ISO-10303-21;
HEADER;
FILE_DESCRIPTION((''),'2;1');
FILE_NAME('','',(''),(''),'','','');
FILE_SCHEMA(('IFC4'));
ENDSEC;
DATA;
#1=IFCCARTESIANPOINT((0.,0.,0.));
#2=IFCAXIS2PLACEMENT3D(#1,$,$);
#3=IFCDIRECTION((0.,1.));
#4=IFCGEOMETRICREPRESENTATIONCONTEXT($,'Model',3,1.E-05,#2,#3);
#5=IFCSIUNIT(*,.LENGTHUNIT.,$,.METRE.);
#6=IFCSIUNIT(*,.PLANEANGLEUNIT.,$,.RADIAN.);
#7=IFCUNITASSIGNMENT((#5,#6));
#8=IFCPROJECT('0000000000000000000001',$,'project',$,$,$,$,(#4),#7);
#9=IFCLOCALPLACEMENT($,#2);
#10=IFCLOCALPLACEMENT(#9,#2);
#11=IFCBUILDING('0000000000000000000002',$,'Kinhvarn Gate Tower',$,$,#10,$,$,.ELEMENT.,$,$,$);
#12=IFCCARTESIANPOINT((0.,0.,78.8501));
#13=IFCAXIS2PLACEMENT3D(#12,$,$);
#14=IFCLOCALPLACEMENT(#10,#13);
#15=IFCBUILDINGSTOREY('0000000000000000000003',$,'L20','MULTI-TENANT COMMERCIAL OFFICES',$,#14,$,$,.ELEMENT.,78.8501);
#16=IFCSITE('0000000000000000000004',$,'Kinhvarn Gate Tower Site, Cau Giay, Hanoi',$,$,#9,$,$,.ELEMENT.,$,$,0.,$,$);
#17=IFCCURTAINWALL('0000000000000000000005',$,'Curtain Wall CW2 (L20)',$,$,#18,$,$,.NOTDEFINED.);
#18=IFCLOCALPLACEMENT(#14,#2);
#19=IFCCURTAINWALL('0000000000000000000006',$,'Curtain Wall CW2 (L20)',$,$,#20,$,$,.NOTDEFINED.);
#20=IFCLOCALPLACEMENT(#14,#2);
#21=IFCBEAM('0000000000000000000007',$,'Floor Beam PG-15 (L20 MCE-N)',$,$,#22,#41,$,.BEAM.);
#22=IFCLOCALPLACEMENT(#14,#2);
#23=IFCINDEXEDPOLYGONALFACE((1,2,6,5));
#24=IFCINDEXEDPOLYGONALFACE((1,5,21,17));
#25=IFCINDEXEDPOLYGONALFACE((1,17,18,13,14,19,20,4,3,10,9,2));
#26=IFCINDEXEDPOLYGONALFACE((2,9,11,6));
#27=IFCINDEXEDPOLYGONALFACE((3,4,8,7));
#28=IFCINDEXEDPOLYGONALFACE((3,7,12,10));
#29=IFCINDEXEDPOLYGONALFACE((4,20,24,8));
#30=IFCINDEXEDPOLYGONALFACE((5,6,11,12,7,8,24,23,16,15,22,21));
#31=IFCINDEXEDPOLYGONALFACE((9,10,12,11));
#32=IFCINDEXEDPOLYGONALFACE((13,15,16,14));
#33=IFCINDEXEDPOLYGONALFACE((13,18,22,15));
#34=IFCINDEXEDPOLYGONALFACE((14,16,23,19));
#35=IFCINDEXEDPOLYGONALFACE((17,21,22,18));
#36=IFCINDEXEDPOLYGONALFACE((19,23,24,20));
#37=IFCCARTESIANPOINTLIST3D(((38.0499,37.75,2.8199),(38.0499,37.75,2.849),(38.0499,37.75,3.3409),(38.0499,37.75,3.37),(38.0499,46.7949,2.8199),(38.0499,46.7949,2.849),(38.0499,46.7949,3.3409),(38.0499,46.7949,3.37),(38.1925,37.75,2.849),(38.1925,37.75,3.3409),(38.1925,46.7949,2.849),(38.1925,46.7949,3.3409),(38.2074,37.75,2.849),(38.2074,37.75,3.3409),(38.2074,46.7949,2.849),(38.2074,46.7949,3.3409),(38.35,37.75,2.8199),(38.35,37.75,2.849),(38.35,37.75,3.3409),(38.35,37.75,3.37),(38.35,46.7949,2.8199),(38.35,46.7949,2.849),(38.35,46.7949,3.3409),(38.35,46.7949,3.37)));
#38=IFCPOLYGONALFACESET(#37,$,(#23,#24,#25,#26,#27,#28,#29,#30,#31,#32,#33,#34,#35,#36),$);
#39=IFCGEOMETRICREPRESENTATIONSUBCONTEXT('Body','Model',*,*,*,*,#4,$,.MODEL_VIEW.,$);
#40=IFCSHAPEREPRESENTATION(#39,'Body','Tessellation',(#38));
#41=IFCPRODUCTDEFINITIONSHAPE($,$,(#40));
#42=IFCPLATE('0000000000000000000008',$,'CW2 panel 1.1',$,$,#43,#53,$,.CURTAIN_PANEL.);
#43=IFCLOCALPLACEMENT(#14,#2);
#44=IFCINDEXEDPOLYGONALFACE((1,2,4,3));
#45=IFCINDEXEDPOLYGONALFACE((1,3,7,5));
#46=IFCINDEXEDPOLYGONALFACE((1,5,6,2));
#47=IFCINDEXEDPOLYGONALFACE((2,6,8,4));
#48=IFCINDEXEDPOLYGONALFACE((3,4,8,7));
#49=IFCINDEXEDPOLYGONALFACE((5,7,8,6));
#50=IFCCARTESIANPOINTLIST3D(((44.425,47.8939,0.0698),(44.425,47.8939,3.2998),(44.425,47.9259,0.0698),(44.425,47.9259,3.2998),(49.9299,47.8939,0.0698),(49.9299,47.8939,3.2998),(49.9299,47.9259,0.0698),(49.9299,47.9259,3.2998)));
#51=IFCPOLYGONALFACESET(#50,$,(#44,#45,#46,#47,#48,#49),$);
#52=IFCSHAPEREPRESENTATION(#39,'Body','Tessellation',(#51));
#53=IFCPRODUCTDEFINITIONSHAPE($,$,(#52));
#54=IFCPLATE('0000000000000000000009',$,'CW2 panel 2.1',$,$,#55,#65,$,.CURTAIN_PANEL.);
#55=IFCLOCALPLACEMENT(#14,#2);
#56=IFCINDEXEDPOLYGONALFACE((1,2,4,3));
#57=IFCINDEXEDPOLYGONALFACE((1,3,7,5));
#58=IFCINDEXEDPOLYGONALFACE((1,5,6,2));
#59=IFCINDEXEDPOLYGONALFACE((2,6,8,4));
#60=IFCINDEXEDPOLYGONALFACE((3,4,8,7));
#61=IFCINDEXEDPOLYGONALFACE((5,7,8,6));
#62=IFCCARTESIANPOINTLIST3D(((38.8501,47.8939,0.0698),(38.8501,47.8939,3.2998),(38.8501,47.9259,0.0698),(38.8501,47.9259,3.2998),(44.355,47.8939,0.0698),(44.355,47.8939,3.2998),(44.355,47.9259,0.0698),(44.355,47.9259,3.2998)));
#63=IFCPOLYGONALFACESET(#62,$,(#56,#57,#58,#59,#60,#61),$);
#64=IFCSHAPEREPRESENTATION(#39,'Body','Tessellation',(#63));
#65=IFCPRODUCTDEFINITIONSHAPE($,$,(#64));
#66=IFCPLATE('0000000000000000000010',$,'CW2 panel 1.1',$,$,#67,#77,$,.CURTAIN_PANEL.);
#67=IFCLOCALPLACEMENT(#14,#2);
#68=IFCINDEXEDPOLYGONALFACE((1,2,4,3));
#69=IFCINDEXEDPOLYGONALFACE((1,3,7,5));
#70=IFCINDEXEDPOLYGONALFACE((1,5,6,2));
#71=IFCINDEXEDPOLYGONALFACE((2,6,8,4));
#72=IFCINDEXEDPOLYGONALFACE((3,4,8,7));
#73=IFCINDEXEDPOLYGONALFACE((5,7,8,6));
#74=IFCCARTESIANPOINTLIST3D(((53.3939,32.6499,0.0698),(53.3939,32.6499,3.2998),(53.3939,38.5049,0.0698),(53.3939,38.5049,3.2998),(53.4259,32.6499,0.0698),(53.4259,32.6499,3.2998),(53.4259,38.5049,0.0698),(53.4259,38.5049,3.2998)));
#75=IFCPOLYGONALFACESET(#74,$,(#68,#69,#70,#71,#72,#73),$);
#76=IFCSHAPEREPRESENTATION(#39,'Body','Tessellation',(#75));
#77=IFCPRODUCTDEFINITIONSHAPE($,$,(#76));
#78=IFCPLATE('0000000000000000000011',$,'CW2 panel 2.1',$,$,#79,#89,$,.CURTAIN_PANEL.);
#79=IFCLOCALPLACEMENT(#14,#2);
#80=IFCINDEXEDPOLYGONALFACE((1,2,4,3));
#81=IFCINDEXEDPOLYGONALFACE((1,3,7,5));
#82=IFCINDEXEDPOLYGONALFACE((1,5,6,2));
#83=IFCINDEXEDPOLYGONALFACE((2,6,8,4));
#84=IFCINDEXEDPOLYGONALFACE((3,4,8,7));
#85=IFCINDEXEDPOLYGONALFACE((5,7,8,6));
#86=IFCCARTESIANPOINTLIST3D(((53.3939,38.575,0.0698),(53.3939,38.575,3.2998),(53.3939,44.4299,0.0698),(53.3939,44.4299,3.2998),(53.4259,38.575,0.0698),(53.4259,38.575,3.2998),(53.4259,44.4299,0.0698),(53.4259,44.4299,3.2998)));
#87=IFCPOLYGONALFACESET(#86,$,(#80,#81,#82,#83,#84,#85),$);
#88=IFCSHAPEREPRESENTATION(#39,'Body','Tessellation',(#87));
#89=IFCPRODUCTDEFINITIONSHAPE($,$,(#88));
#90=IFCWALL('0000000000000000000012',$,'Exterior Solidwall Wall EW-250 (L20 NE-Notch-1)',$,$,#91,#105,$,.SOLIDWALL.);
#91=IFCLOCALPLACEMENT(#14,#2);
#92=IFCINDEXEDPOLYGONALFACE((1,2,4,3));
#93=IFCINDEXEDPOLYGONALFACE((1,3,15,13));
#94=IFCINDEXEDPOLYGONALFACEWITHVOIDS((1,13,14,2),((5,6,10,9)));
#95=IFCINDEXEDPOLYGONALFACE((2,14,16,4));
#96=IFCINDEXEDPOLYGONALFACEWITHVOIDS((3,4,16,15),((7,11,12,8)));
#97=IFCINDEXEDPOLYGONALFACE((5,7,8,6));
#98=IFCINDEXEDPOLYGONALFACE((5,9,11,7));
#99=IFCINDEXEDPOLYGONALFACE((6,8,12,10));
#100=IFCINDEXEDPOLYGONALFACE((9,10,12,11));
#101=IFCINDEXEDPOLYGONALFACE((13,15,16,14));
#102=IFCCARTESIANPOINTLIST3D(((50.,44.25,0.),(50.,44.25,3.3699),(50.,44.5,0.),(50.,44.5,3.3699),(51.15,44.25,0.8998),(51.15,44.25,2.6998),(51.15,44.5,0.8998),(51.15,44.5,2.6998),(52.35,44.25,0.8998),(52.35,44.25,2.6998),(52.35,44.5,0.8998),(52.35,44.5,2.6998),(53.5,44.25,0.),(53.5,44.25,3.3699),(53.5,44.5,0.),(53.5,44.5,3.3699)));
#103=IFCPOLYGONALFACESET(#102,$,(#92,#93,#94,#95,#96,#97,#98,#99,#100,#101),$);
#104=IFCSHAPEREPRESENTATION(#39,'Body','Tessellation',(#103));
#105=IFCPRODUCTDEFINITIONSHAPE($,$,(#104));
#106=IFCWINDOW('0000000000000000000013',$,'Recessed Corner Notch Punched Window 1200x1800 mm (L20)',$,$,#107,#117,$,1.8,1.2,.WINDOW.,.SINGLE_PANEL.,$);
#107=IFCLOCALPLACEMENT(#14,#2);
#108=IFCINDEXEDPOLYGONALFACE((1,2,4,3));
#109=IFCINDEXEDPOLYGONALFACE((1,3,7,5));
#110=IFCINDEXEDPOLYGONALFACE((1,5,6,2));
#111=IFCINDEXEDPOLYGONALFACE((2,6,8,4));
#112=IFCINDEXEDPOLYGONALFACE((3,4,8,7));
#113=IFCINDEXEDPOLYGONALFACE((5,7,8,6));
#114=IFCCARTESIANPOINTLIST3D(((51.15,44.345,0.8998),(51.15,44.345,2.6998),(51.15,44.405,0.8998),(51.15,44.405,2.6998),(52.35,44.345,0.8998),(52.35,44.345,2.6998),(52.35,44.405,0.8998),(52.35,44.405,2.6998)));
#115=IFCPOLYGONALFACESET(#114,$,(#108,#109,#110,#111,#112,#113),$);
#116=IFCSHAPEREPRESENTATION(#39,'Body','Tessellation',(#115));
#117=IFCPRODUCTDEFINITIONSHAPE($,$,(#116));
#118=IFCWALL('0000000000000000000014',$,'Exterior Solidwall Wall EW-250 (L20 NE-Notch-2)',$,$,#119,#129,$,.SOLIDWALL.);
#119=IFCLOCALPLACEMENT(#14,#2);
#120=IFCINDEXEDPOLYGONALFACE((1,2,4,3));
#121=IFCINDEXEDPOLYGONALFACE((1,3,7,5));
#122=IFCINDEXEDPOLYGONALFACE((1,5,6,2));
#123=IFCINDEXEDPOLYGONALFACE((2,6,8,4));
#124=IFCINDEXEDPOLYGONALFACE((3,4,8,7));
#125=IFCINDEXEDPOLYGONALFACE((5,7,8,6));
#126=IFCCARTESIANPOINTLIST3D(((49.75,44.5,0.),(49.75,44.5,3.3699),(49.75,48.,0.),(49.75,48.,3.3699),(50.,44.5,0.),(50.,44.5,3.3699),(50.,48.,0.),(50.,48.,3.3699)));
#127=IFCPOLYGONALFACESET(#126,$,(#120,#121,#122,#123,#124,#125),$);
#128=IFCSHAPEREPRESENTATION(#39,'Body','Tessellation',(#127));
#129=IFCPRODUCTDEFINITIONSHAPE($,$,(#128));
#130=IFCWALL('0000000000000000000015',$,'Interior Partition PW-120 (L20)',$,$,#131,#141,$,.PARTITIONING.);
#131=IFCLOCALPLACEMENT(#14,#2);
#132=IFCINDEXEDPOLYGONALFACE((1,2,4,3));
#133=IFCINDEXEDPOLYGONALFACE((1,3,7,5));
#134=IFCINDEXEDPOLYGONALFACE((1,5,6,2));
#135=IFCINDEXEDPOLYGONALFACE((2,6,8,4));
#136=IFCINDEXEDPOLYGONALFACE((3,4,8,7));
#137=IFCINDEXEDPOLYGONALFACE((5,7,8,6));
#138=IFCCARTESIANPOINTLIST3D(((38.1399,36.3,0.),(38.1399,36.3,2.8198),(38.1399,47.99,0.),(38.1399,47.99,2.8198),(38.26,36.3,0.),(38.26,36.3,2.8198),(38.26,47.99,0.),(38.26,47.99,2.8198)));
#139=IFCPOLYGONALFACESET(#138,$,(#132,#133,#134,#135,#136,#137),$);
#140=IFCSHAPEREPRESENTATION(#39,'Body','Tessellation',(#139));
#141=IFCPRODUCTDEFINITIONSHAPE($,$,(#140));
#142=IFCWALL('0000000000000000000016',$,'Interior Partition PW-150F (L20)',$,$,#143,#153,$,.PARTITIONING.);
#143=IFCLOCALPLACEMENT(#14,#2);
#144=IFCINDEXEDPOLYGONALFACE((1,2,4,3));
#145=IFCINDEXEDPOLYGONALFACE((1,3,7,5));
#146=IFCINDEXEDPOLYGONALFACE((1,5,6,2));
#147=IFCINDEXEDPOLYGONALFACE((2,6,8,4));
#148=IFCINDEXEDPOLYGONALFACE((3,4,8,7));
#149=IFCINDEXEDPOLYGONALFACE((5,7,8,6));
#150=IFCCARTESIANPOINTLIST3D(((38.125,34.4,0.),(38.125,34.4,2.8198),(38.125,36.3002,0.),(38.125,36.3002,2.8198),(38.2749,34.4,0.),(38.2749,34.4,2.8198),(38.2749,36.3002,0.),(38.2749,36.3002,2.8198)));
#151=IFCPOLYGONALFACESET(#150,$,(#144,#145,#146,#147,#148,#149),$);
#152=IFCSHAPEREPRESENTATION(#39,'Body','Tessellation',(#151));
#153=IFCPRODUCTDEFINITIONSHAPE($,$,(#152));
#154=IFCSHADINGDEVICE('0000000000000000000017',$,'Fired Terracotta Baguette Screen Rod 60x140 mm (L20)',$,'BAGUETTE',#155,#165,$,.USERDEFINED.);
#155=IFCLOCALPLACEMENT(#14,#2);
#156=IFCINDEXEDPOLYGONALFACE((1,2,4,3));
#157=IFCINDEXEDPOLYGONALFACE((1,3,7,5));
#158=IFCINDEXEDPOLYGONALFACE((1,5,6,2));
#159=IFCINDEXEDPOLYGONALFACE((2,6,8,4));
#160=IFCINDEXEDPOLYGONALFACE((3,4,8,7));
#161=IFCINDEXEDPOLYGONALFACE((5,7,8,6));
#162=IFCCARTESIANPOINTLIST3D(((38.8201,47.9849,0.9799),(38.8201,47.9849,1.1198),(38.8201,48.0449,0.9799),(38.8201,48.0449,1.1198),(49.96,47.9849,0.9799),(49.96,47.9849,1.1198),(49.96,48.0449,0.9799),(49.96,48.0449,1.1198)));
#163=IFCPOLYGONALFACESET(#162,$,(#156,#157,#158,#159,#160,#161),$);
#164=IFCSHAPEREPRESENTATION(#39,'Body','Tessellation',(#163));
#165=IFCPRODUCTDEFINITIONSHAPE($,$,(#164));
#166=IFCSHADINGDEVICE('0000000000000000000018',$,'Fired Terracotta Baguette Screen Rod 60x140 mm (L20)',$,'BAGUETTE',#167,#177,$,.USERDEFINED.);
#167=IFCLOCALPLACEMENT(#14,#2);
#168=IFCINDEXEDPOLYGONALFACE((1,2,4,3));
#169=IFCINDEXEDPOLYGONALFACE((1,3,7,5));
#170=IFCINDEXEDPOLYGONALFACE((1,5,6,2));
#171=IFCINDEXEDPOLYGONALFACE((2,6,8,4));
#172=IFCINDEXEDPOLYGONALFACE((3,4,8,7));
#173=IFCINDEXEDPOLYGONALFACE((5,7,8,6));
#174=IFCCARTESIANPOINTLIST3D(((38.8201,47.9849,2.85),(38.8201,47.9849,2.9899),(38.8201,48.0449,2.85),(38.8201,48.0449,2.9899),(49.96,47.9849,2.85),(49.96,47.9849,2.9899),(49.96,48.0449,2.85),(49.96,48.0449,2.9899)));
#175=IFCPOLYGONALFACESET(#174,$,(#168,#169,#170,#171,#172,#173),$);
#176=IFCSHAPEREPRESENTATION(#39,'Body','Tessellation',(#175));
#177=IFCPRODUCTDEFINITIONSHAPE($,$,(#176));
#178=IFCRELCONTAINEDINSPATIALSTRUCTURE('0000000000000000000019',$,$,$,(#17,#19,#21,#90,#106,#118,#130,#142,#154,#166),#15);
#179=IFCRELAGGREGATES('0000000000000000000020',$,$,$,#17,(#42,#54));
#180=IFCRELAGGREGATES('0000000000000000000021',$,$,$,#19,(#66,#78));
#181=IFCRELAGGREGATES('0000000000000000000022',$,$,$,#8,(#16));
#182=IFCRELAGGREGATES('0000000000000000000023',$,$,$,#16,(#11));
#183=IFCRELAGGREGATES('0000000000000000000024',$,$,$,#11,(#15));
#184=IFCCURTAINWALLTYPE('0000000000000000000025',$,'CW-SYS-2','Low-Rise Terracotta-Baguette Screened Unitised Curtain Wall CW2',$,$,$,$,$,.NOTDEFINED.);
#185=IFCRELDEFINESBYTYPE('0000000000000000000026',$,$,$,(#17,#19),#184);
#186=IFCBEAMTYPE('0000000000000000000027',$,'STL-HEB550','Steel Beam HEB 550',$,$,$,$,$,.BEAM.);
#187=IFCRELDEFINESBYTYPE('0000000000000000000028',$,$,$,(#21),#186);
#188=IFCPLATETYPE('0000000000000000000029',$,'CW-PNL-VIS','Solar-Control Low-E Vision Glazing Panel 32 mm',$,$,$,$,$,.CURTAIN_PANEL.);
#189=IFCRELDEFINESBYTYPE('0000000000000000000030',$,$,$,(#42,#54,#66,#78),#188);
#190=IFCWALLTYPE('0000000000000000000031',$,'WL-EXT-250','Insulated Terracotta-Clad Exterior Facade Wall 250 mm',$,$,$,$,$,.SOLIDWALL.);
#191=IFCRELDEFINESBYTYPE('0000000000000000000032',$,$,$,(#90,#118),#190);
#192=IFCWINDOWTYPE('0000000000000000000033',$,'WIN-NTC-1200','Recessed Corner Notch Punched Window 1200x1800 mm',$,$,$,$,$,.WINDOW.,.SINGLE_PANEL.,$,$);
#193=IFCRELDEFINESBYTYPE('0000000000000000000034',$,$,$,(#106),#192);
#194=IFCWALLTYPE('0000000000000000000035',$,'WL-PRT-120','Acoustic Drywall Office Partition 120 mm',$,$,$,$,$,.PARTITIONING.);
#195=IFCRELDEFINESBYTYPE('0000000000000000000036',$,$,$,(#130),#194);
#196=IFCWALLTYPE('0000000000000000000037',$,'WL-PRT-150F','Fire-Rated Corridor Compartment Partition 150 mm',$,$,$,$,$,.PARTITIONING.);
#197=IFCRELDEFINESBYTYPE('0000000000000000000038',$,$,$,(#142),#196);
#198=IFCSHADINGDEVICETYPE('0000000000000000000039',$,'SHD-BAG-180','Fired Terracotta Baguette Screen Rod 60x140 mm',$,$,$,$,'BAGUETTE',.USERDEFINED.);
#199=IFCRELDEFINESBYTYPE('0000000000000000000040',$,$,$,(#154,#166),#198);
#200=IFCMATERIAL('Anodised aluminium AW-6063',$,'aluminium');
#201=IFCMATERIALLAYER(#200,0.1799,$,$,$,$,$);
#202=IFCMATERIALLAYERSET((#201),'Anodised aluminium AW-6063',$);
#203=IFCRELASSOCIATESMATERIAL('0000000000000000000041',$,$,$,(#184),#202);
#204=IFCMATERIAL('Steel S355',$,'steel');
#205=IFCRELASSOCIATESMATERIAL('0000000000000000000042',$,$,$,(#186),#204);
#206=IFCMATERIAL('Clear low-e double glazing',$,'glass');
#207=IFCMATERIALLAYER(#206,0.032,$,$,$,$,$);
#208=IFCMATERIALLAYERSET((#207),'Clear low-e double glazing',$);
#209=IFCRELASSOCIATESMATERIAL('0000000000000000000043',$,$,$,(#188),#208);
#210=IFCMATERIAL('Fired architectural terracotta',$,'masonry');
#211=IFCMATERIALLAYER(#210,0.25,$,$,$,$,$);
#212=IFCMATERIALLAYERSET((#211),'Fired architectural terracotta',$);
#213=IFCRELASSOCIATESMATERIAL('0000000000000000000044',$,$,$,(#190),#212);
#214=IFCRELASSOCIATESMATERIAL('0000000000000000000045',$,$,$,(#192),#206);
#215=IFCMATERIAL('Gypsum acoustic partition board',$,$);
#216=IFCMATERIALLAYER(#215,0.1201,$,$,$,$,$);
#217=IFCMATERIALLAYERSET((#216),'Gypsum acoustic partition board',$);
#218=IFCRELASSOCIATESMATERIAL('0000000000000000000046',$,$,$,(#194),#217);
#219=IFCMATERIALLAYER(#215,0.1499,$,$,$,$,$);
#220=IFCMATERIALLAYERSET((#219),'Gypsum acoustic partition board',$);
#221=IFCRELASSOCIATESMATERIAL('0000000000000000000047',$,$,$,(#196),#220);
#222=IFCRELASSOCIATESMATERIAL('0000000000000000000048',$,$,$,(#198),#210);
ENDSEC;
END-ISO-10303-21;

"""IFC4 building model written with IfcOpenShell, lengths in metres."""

from ifc_helpers import new_model, si_unit, direction, frame, frame_2d, origin, origin_2d, place, context, subcontext, project, spatial, rectangle, i_section, extrude, material, layer, layer_set, material_profile, profile_set, type_object, element, fill, aggregate, save


model = new_model("IFC4")

# Units and contexts
model_context = context("Model", 3, precision=1e-05, world=origin(), true_north=direction((0.0, 1.0)))
body_context = subcontext(model_context, "Body", "Model", "MODEL_VIEW")
ifc_project = project(units=[si_unit("LENGTHUNIT", "METRE"), si_unit("PLANEANGLEUNIT", "RADIAN")], contexts=[model_context])

# Site, building, storey
site_placement = place(None, origin())
site = spatial("IfcSite", under=ifc_project, at=site_placement, Name="Kinhvarn Gate Tower Site, Cau Giay, Hanoi", CompositionType="ELEMENT", RefElevation=0.0)
building_placement = place(site_placement, origin())
building = spatial("IfcBuilding", under=site, at=building_placement, Name="Kinhvarn Gate Tower", CompositionType="ELEMENT")
storey_placement = place(building_placement, frame((0.0, 0.0, 78.8501)))
storey = spatial("IfcBuildingStorey", under=building, at=storey_placement, Name="L20", Description="MULTI-TENANT COMMERCIAL OFFICES", CompositionType="ELEMENT", Elevation=78.8501)

# Curtain walls
ifc_material_1 = material(Name="Anodised aluminium AW-6063", Category="aluminium")
ifc_layer_1 = layer(ifc_material_1, 0.1799)
ifc_layer_set_1 = layer_set([ifc_layer_1], Name="Anodised aluminium AW-6063")
curtain_wall_type = type_object("IfcCurtainWallType", Name="CW-SYS-2", Description="Low-Rise Terracotta-Baguette Screened Unitised Curtain Wall CW2", PredefinedType="NOTDEFINED", material=ifc_layer_set_1)
curtain_wall_1_placement = place(storey_placement, origin())
curtain_wall_1 = element("IfcCurtainWall", 1, at=curtain_wall_1_placement, inside=storey, type_object=curtain_wall_type, Name="Curtain Wall CW2 (L20)", PredefinedType="NOTDEFINED")
curtain_wall_2_placement = place(storey_placement, origin())
curtain_wall_2 = element("IfcCurtainWall", 2, at=curtain_wall_2_placement, inside=storey, type_object=curtain_wall_type, Name="Curtain Wall CW2 (L20)", PredefinedType="NOTDEFINED")

# Beam
ifc_material_2 = material(Name="Steel S355", Category="steel")
ifc_material_profile_1 = material_profile(ifc_material_2, i_section(OverallWidth=0.3, OverallDepth=0.55, WebThickness=0.0149, FlangeThickness=0.0291, at=origin_2d()), Name="HEB 550")
ifc_profile_set_1 = profile_set([ifc_material_profile_1], Name="Steel S355")
beam_type = type_object("IfcBeamType", Name="STL-HEB550", Description="Steel Beam HEB 550", PredefinedType="BEAM", material=ifc_profile_set_1)
beam_placement = place(storey_placement, frame((38.2, 37.75, 3.095), z_axis=(0.0, 1.0, 0.0), x_axis=(-1.0, 0.0, 0.0)))
element("IfcBeam", 3, at=beam_placement, inside=storey, type_object=beam_type, Name="Floor Beam PG-15 (L20 MCE-N)", PredefinedType="BEAM", context=body_context, shape_type="SweptSolid", body=[
    extrude(i_section(OverallWidth=0.3, OverallDepth=0.55, WebThickness=0.0149, FlangeThickness=0.0291, at=origin_2d()), origin(), (0.0, 0.0, 1.0), 9.0449),
])

# Plates
ifc_material_3 = material(Name="Clear low-e double glazing", Category="glass")
ifc_layer_2 = layer(ifc_material_3, 0.032)
ifc_layer_set_2 = layer_set([ifc_layer_2], Name="Clear low-e double glazing")
plate_type = type_object("IfcPlateType", Name="CW-PNL-VIS", Description="Solar-Control Low-E Vision Glazing Panel 32 mm", PredefinedType="CURTAIN_PANEL", material=ifc_layer_set_2)
plate_1_placement = place(storey_placement, frame((47.1775, 47.9099, 0.0698), z_axis=(0.0, 0.0, 1.0), x_axis=(-1.0, 0.0, 0.0)))
plate_1 = element("IfcPlate", 4, at=plate_1_placement, type_object=plate_type, Name="CW2 panel 1.1", PredefinedType="CURTAIN_PANEL", context=body_context, shape_type="SweptSolid", body=[
    extrude(rectangle(XDim=5.5049, YDim=0.032, at=origin_2d()), origin(), (0.0, 0.0, 1.0), 3.23),
])
plate_2_placement = place(storey_placement, frame((41.6025, 47.9099, 0.0698), z_axis=(0.0, 0.0, 1.0), x_axis=(-1.0, 0.0, 0.0)))
plate_2 = element("IfcPlate", 5, at=plate_2_placement, type_object=plate_type, Name="CW2 panel 2.1", PredefinedType="CURTAIN_PANEL", context=body_context, shape_type="SweptSolid", body=[
    extrude(rectangle(XDim=5.5049, YDim=0.032, at=origin_2d()), origin(), (0.0, 0.0, 1.0), 3.23),
])
aggregate(curtain_wall_1, [plate_1, plate_2])
plate_3_placement = place(storey_placement, frame((53.4099, 35.5774, 0.0698), z_axis=(0.0, 0.0, 1.0), x_axis=(0.0, 1.0, 0.0)))
plate_3 = element("IfcPlate", 6, at=plate_3_placement, type_object=plate_type, Name="CW2 panel 1.1", PredefinedType="CURTAIN_PANEL", context=body_context, shape_type="SweptSolid", body=[
    extrude(rectangle(XDim=5.855, YDim=0.032, at=origin_2d()), origin(), (0.0, 0.0, 1.0), 3.23),
])
plate_4_placement = place(storey_placement, frame((53.4099, 41.5024, 0.0698), z_axis=(0.0, 0.0, 1.0), x_axis=(0.0, 1.0, 0.0)))
plate_4 = element("IfcPlate", 7, at=plate_4_placement, type_object=plate_type, Name="CW2 panel 2.1", PredefinedType="CURTAIN_PANEL", context=body_context, shape_type="SweptSolid", body=[
    extrude(rectangle(XDim=5.855, YDim=0.032, at=origin_2d()), origin(), (0.0, 0.0, 1.0), 3.23),
])
aggregate(curtain_wall_2, [plate_3, plate_4])

# Wall, opening, window
ifc_material_4 = material(Name="Fired architectural terracotta", Category="masonry")
ifc_layer_3 = layer(ifc_material_4, 0.25)
ifc_layer_set_3 = layer_set([ifc_layer_3], Name="Fired architectural terracotta")
wall_type_1 = type_object("IfcWallType", Name="WL-EXT-250", Description="Insulated Terracotta-Clad Exterior Facade Wall 250 mm", PredefinedType="SOLIDWALL", material=ifc_layer_set_3)
wall_1_placement = place(storey_placement, frame((53.5, 44.375, 0.0), z_axis=(0.0, 0.0, 1.0), x_axis=(-1.0, 0.0, 0.0)))
wall_1 = element("IfcWall", 8, at=wall_1_placement, inside=storey, type_object=wall_type_1, Name="Exterior Solidwall Wall EW-250 (L20 NE-Notch-1)", PredefinedType="SOLIDWALL", context=body_context, shape_type="SweptSolid", body=[
    extrude(rectangle(XDim=3.5, YDim=0.25, at=frame_2d((1.75, 0.0))), origin(), (0.0, 0.0, 1.0), 3.3699),
])
opening_placement = place(wall_1_placement, frame((1.1499, 0.0, 0.8999)))
opening = element("IfcOpeningElement", 9, at=opening_placement, cuts=wall_1, PredefinedType="OPENING", context=body_context, shape_type="SweptSolid", body=[
    extrude(rectangle(XDim=1.2, YDim=1.8, at=frame_2d((0.6001, 0.8999))), frame((0.0, 0.135, 0.0), z_axis=(0.0, -1.0, 0.0), x_axis=(1.0, 0.0, 0.0)), (0.0, 0.0, 1.0), 0.27),
])
window_type = type_object("IfcWindowType", Name="WIN-NTC-1200", Description="Recessed Corner Notch Punched Window 1200x1800 mm", PartitioningType="SINGLE_PANEL", PredefinedType="WINDOW", material=ifc_material_3)
window_placement = place(opening_placement, origin())
window = element("IfcWindow", 10, at=window_placement, inside=storey, type_object=window_type, Name="Recessed Corner Notch Punched Window 1200x1800 mm (L20)", OverallHeight=1.8, OverallWidth=1.2, PartitioningType="SINGLE_PANEL", PredefinedType="WINDOW", context=body_context, shape_type="SweptSolid", body=[
    extrude(rectangle(XDim=1.2, YDim=1.8, at=frame_2d((0.6001, 0.8999))), frame((0.0, 0.03, 0.0), z_axis=(0.0, -1.0, 0.0), x_axis=(1.0, 0.0, 0.0)), (0.0, 0.0, 1.0), 0.0601),
])
fill(opening, window)

# Walls
wall_2_placement = place(storey_placement, frame((49.875, 44.5, 0.0), z_axis=(0.0, 0.0, 1.0), x_axis=(0.0, 1.0, 0.0)))
element("IfcWall", 11, at=wall_2_placement, inside=storey, type_object=wall_type_1, Name="Exterior Solidwall Wall EW-250 (L20 NE-Notch-2)", PredefinedType="SOLIDWALL", context=body_context, shape_type="SweptSolid", body=[
    extrude(rectangle(XDim=3.5, YDim=0.25, at=frame_2d((1.75, 0.0))), origin(), (0.0, 0.0, 1.0), 3.3699),
])
ifc_material_5 = material(Name="Gypsum acoustic partition board")
ifc_layer_4 = layer(ifc_material_5, 0.1201)
ifc_layer_set_4 = layer_set([ifc_layer_4], Name="Gypsum acoustic partition board")
wall_type_2 = type_object("IfcWallType", Name="WL-PRT-120", Description="Acoustic Drywall Office Partition 120 mm", PredefinedType="PARTITIONING", material=ifc_layer_set_4)
wall_3_placement = place(storey_placement, frame((38.2, 36.3, 0.0), z_axis=(0.0, 0.0, 1.0), x_axis=(0.0, 1.0, 0.0)))
element("IfcWall", 12, at=wall_3_placement, inside=storey, type_object=wall_type_2, Name="Interior Partition PW-120 (L20)", PredefinedType="PARTITIONING", context=body_context, shape_type="SweptSolid", body=[
    extrude(rectangle(XDim=11.6899, YDim=0.1201, at=frame_2d((5.845, 0.0))), origin(), (0.0, 0.0, 1.0), 2.8198),
])
ifc_layer_5 = layer(ifc_material_5, 0.1499)
ifc_layer_set_5 = layer_set([ifc_layer_5], Name="Gypsum acoustic partition board")
wall_type_3 = type_object("IfcWallType", Name="WL-PRT-150F", Description="Fire-Rated Corridor Compartment Partition 150 mm", PredefinedType="PARTITIONING", material=ifc_layer_set_5)
wall_4_placement = place(storey_placement, frame((38.2, 34.3999, 0.0), z_axis=(0.0, 0.0, 1.0), x_axis=(0.0, 1.0, 0.0)))
element("IfcWall", 13, at=wall_4_placement, inside=storey, type_object=wall_type_3, Name="Interior Partition PW-150F (L20)", PredefinedType="PARTITIONING", context=body_context, shape_type="SweptSolid", body=[
    extrude(rectangle(XDim=1.9001, YDim=0.1499, at=frame_2d((0.9502, 0.0))), origin(), (0.0, 0.0, 1.0), 2.8198),
])

# Shading devices
ifc_material_profile_2 = material_profile(ifc_material_4, rectangle(XDim=0.0601, YDim=0.1399, at=origin_2d()), Name="TC 60x140")
ifc_profile_set_2 = profile_set([ifc_material_profile_2], Name="Fired architectural terracotta")
shading_device_type = type_object("IfcShadingDeviceType", Name="SHD-BAG-180", Description="Fired Terracotta Baguette Screen Rod 60x140 mm", ElementType="BAGUETTE", PredefinedType="USERDEFINED", material=ifc_profile_set_2)
for number, where, z_axis, x_axis, name in (
    (14, (49.96, 48.0149, 1.0498), (-1.0, 0.0, 0.0), (0.0, -1.0, 0.0), "Fired Terracotta Baguette Screen Rod 60x140 mm (L20)"),
    (15, (49.96, 48.0149, 2.9199), (-1.0, 0.0, 0.0), (0.0, -1.0, 0.0), "Fired Terracotta Baguette Screen Rod 60x140 mm (L20)"),
):
    element("IfcShadingDevice", number, at=place(storey_placement, frame(where, z_axis=z_axis, x_axis=x_axis)), inside=storey, type_object=shading_device_type, Name=name, ObjectType="BAGUETTE", PredefinedType="USERDEFINED", context=body_context, shape_type="SweptSolid", body=[
        extrude(rectangle(XDim=0.0601, YDim=0.1399, at=origin_2d()), origin(), (0.0, 0.0, 1.0), 11.1399),
    ])

save(model, "model.ifc")
